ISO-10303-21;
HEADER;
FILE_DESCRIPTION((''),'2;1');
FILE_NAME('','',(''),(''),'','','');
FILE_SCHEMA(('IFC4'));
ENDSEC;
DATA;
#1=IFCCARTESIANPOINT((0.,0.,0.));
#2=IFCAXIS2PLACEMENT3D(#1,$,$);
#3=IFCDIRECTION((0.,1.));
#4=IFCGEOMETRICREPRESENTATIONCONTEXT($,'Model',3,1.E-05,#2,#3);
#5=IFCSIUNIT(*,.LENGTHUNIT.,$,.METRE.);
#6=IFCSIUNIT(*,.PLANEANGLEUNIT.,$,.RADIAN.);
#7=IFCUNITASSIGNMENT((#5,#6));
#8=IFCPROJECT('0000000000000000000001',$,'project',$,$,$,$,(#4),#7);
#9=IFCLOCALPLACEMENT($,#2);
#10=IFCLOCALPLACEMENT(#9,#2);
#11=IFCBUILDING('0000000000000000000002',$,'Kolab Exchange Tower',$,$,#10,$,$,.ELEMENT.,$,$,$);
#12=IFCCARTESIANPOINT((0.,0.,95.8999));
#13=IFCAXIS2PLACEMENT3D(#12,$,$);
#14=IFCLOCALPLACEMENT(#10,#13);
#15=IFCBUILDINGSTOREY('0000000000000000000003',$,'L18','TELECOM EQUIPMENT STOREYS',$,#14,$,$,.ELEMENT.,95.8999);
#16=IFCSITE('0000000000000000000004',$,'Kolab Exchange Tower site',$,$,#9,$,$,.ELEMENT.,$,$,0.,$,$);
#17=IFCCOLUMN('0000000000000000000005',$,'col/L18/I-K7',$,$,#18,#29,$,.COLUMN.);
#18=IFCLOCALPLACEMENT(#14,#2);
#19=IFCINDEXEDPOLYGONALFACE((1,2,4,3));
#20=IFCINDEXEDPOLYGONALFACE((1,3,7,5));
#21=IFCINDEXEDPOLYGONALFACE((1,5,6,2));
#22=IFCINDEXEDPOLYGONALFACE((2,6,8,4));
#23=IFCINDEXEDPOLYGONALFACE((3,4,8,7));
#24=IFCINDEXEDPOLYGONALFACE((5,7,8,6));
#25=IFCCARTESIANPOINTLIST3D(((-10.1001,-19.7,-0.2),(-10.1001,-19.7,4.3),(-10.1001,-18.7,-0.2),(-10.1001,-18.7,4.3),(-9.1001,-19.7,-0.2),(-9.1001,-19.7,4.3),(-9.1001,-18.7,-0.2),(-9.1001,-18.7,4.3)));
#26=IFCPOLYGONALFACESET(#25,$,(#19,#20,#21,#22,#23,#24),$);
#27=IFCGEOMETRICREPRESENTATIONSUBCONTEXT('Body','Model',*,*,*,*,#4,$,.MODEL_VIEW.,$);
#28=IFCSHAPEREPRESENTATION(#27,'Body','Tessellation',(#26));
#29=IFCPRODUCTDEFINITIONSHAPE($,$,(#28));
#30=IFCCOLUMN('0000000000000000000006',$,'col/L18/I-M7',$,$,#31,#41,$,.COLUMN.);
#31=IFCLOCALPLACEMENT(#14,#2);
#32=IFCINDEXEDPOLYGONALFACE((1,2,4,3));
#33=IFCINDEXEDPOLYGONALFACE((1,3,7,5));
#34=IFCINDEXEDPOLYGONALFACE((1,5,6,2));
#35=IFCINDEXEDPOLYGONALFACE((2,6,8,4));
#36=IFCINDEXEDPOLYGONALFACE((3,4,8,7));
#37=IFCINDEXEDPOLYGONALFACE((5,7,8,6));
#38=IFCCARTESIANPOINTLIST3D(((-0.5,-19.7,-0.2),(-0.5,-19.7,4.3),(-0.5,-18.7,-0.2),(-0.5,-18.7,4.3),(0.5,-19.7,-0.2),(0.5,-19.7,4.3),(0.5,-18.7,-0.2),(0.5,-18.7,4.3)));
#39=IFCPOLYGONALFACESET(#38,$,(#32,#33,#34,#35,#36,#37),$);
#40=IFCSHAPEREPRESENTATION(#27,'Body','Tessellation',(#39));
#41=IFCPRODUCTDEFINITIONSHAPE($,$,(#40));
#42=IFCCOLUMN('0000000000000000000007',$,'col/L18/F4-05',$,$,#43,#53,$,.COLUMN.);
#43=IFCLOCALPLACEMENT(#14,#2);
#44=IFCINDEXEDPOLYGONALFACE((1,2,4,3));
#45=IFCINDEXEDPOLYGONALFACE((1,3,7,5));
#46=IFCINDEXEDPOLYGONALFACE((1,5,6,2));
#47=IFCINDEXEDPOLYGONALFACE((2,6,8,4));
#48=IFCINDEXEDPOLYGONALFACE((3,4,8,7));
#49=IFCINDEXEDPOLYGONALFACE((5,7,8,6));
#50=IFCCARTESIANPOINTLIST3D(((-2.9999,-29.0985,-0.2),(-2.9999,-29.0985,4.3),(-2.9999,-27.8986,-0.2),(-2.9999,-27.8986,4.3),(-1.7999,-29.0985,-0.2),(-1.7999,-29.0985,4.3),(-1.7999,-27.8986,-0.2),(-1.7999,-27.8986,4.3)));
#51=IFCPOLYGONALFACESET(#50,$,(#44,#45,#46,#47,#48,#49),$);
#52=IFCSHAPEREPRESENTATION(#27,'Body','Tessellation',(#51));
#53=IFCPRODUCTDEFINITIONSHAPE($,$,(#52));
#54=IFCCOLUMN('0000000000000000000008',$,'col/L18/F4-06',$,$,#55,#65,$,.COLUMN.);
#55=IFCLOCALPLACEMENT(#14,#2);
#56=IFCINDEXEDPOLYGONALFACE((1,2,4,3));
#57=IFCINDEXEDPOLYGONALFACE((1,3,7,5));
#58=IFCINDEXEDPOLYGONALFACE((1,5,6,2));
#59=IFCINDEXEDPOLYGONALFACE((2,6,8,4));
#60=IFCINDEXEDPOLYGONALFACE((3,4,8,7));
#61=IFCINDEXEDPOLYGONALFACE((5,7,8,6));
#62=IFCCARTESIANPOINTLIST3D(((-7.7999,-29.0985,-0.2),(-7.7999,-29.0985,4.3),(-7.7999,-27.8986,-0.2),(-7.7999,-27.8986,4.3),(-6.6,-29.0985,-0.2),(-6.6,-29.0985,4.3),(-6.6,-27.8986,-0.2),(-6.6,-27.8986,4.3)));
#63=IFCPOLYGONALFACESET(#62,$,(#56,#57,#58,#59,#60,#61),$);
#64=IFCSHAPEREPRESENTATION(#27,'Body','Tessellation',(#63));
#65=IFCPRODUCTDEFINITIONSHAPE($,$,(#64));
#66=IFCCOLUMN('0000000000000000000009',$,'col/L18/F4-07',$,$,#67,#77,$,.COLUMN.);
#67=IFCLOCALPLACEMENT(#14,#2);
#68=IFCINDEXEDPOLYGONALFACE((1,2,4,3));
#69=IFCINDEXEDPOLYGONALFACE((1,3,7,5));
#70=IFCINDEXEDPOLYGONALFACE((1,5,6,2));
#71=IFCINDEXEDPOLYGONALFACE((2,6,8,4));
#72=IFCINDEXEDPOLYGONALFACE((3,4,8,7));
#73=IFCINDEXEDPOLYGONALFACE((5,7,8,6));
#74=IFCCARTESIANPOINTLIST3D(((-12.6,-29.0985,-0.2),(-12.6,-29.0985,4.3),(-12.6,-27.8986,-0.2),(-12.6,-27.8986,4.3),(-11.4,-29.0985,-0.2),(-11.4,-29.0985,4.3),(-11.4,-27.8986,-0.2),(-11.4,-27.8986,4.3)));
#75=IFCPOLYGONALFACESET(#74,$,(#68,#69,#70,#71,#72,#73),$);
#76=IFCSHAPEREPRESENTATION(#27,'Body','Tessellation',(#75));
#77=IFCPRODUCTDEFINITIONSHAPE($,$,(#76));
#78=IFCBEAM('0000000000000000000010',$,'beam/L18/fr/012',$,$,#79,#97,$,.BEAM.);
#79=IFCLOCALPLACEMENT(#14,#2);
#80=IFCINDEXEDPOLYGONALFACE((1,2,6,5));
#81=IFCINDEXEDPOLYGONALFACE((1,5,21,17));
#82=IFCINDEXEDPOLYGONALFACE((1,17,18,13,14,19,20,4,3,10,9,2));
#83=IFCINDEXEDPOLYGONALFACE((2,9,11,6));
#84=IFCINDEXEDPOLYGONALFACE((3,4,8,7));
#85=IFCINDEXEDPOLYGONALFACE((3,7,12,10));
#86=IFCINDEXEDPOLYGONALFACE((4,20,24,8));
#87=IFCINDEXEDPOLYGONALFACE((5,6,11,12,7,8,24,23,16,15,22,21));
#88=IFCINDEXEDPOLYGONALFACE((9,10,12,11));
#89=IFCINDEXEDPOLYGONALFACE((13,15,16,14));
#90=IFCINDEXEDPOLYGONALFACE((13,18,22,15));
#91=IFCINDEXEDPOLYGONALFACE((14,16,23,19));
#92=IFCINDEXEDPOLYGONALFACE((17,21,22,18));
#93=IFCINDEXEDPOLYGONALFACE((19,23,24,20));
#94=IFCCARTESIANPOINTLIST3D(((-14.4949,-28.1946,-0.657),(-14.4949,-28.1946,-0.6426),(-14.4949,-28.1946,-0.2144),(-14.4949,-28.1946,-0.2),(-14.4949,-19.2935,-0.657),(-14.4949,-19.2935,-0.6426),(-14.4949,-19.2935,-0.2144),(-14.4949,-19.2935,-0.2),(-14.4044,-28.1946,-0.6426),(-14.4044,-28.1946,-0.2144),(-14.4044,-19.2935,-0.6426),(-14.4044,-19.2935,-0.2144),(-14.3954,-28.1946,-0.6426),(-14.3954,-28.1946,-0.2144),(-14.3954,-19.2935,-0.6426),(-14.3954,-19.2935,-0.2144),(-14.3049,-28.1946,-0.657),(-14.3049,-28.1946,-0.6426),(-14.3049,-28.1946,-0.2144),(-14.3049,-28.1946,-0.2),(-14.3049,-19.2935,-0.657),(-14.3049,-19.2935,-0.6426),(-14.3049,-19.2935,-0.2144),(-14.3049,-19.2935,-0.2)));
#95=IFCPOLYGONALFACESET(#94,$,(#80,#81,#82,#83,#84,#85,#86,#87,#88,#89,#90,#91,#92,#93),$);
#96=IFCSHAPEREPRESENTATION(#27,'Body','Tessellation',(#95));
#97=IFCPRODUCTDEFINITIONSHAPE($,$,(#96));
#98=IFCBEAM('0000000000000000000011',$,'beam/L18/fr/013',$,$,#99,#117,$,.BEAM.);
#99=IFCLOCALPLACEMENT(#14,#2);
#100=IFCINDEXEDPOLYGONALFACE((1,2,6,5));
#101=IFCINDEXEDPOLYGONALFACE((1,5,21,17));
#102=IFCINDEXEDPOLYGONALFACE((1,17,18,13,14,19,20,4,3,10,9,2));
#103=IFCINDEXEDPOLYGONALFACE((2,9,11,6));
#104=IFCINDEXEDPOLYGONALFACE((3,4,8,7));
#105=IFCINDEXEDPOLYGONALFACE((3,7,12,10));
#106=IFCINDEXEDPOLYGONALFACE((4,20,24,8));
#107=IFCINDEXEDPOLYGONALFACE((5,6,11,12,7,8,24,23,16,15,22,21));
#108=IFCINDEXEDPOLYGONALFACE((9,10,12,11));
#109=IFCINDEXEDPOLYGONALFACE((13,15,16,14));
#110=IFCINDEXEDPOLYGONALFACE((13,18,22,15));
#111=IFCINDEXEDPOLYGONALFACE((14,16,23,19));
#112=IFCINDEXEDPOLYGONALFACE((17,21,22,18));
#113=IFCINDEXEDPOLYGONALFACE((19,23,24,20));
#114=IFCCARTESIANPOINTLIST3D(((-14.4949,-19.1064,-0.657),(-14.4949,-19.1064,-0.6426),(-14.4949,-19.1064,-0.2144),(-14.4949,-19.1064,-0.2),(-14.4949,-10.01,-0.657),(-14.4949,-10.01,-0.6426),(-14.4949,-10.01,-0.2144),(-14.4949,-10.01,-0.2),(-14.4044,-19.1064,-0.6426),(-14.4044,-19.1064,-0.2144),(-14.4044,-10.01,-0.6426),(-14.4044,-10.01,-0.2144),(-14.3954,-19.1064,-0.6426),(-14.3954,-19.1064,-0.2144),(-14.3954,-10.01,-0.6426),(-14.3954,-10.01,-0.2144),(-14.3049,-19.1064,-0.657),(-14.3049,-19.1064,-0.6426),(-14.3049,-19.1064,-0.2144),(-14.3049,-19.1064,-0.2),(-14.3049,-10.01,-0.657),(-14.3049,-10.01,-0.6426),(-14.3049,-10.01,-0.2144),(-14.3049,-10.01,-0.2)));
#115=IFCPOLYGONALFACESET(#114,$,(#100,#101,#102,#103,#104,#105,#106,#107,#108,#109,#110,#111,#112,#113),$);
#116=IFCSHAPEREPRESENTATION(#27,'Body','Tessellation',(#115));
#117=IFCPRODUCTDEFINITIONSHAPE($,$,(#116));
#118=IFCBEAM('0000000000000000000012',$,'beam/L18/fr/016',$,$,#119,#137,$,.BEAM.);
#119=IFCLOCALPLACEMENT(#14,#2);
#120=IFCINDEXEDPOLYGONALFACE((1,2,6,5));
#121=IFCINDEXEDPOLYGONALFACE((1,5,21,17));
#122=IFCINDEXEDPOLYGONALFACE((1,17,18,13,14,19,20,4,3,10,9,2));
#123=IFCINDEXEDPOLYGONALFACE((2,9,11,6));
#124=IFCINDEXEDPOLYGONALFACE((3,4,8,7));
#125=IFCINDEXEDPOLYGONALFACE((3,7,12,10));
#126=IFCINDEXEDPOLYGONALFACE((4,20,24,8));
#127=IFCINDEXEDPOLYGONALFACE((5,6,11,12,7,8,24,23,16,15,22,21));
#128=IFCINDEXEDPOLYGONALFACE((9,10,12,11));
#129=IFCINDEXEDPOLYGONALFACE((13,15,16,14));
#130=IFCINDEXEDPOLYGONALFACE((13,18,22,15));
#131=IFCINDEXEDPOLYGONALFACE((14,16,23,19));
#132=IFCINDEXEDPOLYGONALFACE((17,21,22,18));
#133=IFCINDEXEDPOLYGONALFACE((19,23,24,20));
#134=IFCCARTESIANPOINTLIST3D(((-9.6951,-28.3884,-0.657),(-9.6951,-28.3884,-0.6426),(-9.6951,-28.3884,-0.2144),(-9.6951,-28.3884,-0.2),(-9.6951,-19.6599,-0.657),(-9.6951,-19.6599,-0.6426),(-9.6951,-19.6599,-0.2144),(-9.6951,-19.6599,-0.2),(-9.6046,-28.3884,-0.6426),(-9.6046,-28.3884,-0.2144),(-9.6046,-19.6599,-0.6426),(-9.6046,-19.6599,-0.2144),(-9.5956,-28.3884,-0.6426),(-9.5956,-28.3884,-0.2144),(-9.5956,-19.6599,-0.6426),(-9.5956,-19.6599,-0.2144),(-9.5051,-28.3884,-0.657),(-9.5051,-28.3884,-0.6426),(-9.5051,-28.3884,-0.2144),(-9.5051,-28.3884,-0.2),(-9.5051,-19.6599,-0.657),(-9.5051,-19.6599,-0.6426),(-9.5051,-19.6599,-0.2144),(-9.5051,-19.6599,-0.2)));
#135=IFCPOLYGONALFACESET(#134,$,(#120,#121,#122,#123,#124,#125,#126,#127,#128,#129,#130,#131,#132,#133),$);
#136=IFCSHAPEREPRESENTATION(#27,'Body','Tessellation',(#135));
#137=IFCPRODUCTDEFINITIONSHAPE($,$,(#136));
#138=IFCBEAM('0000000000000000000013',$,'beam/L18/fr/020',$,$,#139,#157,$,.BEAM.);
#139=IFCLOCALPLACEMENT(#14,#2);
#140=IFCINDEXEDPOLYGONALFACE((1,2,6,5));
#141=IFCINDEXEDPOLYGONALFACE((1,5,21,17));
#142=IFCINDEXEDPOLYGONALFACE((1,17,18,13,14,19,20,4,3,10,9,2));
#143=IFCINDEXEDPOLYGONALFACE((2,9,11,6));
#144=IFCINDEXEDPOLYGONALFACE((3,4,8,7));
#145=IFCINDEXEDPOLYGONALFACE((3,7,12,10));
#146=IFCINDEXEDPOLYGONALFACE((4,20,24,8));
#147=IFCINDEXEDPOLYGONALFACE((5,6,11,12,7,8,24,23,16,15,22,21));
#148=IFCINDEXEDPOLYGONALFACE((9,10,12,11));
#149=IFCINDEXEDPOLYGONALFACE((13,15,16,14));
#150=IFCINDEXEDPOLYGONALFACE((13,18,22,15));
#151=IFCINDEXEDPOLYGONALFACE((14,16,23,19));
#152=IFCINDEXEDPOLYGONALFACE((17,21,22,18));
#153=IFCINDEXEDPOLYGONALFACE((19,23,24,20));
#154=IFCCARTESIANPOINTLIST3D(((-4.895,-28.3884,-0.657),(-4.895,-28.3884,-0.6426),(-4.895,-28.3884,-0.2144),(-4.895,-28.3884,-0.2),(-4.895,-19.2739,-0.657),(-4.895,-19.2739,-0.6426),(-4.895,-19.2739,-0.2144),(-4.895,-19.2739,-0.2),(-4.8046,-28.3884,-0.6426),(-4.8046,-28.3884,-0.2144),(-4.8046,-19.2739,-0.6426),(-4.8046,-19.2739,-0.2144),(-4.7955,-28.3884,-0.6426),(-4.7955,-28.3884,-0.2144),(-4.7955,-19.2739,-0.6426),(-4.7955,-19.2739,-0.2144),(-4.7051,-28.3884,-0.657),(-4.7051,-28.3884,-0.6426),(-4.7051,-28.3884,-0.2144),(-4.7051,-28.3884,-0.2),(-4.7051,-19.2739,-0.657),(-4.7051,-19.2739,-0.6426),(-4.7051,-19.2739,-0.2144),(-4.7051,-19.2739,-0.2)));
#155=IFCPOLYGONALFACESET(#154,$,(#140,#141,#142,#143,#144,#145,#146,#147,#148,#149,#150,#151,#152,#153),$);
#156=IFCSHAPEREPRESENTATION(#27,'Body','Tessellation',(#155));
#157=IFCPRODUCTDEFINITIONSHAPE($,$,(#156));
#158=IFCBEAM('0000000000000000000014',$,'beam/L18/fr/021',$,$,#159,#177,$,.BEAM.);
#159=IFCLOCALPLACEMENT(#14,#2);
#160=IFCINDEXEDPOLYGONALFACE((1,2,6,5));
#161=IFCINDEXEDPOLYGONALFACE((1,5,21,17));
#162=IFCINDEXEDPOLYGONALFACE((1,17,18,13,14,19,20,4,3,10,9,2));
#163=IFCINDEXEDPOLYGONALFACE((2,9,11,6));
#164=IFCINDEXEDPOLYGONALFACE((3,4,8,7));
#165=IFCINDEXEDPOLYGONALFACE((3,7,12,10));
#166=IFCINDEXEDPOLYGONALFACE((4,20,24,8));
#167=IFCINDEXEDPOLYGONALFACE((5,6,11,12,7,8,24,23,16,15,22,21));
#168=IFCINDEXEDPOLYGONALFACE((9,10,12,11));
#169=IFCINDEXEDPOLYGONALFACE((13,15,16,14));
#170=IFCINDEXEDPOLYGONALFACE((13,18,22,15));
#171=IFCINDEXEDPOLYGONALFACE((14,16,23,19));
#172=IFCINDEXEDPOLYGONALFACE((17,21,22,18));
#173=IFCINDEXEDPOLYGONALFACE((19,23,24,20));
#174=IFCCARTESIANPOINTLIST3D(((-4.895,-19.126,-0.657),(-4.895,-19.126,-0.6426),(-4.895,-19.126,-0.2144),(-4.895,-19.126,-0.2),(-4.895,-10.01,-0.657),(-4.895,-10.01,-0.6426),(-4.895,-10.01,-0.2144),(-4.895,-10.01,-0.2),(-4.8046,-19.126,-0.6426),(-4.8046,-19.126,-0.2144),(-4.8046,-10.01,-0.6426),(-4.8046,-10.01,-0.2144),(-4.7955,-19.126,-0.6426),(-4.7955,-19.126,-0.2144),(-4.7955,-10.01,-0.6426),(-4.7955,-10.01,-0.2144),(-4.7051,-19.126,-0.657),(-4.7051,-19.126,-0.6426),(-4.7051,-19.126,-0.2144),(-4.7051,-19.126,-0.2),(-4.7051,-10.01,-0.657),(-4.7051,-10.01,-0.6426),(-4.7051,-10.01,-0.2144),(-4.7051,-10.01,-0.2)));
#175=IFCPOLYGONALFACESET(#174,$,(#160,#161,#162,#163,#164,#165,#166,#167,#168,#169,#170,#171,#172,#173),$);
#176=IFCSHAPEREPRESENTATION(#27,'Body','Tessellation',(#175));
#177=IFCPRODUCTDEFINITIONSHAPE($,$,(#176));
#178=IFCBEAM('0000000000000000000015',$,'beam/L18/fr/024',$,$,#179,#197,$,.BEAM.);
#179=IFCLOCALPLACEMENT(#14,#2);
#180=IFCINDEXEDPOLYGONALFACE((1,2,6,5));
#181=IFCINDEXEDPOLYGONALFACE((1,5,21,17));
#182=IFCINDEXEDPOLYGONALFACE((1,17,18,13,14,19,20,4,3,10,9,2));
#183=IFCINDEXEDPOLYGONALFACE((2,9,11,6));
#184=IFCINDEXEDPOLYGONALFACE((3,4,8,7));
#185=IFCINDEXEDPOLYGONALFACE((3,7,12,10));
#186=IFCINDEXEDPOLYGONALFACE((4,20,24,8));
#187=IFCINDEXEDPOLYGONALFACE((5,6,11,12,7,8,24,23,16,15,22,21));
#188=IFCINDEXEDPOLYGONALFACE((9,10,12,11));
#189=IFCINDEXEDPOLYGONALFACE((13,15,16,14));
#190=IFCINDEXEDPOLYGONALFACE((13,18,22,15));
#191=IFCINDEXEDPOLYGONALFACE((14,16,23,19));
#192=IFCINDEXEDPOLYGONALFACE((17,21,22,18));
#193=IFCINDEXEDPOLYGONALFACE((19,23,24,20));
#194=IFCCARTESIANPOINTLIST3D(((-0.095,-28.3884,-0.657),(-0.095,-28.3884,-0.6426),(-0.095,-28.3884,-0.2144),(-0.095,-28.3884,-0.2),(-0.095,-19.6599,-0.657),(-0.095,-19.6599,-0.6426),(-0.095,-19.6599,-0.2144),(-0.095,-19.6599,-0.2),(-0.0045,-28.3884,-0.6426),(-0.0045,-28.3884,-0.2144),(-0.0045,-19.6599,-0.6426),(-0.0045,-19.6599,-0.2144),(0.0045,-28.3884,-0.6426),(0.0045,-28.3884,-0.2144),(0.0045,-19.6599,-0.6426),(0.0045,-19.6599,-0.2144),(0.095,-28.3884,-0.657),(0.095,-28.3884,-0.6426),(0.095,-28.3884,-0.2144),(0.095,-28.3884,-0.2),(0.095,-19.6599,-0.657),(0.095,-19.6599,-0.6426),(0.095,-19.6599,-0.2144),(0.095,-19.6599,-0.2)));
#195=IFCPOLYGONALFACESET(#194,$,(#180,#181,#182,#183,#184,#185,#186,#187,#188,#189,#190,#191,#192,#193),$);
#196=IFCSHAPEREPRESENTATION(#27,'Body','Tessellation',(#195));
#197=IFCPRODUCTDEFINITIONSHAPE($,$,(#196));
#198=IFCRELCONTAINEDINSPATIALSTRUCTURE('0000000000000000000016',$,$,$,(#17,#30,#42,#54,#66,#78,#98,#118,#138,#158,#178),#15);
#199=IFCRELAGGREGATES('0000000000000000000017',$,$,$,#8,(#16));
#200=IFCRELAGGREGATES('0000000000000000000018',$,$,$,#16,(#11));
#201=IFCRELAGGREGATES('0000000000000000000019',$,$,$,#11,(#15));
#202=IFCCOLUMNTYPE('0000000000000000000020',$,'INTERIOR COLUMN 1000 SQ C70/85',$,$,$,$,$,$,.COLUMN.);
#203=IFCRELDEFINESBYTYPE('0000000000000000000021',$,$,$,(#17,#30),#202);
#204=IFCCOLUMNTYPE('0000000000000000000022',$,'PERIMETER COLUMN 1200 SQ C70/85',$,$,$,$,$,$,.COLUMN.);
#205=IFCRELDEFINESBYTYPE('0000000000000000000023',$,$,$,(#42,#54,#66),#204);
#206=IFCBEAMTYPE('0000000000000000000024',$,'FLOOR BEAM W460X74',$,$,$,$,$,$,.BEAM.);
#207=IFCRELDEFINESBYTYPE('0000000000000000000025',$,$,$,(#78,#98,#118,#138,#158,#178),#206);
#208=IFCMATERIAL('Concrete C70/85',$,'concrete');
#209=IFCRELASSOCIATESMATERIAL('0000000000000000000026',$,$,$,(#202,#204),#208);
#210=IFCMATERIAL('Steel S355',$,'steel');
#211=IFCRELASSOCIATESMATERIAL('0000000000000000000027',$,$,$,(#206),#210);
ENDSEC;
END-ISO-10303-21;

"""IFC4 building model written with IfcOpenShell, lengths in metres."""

from ifc_helpers import new_model, si_unit, direction, frame, origin, origin_2d, place, context, subcontext, project, spatial, rectangle, i_section, extrude, material, material_profile, profile_set, type_object, element, save


model = new_model("IFC4")

# Units and contexts
model_context = context("Model", 3, precision=1e-05, world=origin(), true_north=direction((0.0, 1.0)))
body_context = subcontext(model_context, "Body", "Model", "MODEL_VIEW")
ifc_project = project(units=[si_unit("LENGTHUNIT", "METRE"), si_unit("PLANEANGLEUNIT", "RADIAN")], contexts=[model_context])

# Site, building, storey
site_placement = place(None, origin())
site = spatial("IfcSite", under=ifc_project, at=site_placement, Name="Kolab Exchange Tower site", CompositionType="ELEMENT", RefElevation=0.0)
building_placement = place(site_placement, origin())
building = spatial("IfcBuilding", under=site, at=building_placement, Name="Kolab Exchange Tower", CompositionType="ELEMENT")
storey_placement = place(building_placement, frame((0.0, 0.0, 95.8999)))
storey = spatial("IfcBuildingStorey", under=building, at=storey_placement, Name="L18", Description="TELECOM EQUIPMENT STOREYS", CompositionType="ELEMENT", Elevation=95.8999)

# Columns
ifc_material_1 = material(Name="Concrete C70/85", Category="concrete")
ifc_material_profile_1 = material_profile(ifc_material_1, rectangle(XDim=1.0, YDim=1.0, at=origin_2d()), Name="RC1000")
ifc_profile_set_1 = profile_set([ifc_material_profile_1], Name="Concrete C70/85")
column_type_1 = type_object("IfcColumnType", Name="INTERIOR COLUMN 1000 SQ C70/85", PredefinedType="COLUMN", material=ifc_profile_set_1)
for number, where, z_axis, x_axis, name in (
    (1, (-9.6001, -19.2, -0.2), (0.0, 0.0, 1.0), (1.0, 0.0, 0.0), "col/L18/I-K7"),
    (2, (0.0, -19.2, -0.2), (0.0, 0.0, 1.0), (1.0, 0.0, 0.0), "col/L18/I-M7"),
):
    element("IfcColumn", number, at=place(storey_placement, frame(where, z_axis=z_axis, x_axis=x_axis)), inside=storey, type_object=column_type_1, Name=name, PredefinedType="COLUMN", context=body_context, shape_type="SweptSolid", body=[
        extrude(rectangle(XDim=1.0, YDim=1.0, at=origin_2d()), origin(), (0.0, 0.0, 1.0), 4.5),
    ])
ifc_material_profile_2 = material_profile(ifc_material_1, rectangle(XDim=1.2, YDim=1.2, at=origin_2d()), Name="RC1200")
ifc_profile_set_2 = profile_set([ifc_material_profile_2], Name="Concrete C70/85")
column_type_2 = type_object("IfcColumnType", Name="PERIMETER COLUMN 1200 SQ C70/85", PredefinedType="COLUMN", material=ifc_profile_set_2)
for number, where, z_axis, x_axis, name in (
    (3, (-2.3999, -28.4985, -0.2), (0.0, 0.0, 1.0), (1.0, 0.0, 0.0), "col/L18/F4-05"),
    (4, (-7.2, -28.4985, -0.2), (0.0, 0.0, 1.0), (1.0, 0.0, 0.0), "col/L18/F4-06"),
    (5, (-12.0, -28.4985, -0.2), (0.0, 0.0, 1.0), (1.0, 0.0, 0.0), "col/L18/F4-07"),
):
    element("IfcColumn", number, at=place(storey_placement, frame(where, z_axis=z_axis, x_axis=x_axis)), inside=storey, type_object=column_type_2, Name=name, PredefinedType="COLUMN", context=body_context, shape_type="SweptSolid", body=[
        extrude(rectangle(XDim=1.2, YDim=1.2, at=origin_2d()), origin(), (0.0, 0.0, 1.0), 4.5),
    ])

# Beams
ifc_material_2 = material(Name="Steel S355", Category="steel")
ifc_material_profile_3 = material_profile(ifc_material_2, i_section(OverallWidth=0.1899, OverallDepth=0.457, WebThickness=0.009, FlangeThickness=0.0144, at=origin_2d()), Name="W460X74")
ifc_profile_set_3 = profile_set([ifc_material_profile_3], Name="Steel S355")
beam_type_1 = type_object("IfcBeamType", Name="FLOOR BEAM W460X74", PredefinedType="BEAM", material=ifc_profile_set_3)
beam_1_placement = place(storey_placement, frame((-14.3999, -28.1946, -0.4285), z_axis=(0.0, 1.0, 0.0), x_axis=(-1.0, 0.0, 0.0)))
element("IfcBeam", 6, at=beam_1_placement, inside=storey, type_object=beam_type_1, Name="beam/L18/fr/012", PredefinedType="BEAM", context=body_context, shape_type="SweptSolid", body=[
    extrude(i_section(OverallWidth=0.1899, OverallDepth=0.457, WebThickness=0.009, FlangeThickness=0.0144, at=origin_2d()), origin(), (0.0, 0.0, 1.0), 8.9011),
])
beam_2_placement = place(storey_placement, frame((-14.3999, -19.1064, -0.4285), z_axis=(0.0, 1.0, 0.0), x_axis=(-1.0, 0.0, 0.0)))
element("IfcBeam", 7, at=beam_2_placement, inside=storey, type_object=beam_type_1, Name="beam/L18/fr/013", PredefinedType="BEAM", context=body_context, shape_type="SweptSolid", body=[
    extrude(i_section(OverallWidth=0.1899, OverallDepth=0.457, WebThickness=0.009, FlangeThickness=0.0144, at=origin_2d()), origin(), (0.0, 0.0, 1.0), 9.0964),
])
beam_3_placement = place(storey_placement, frame((-9.6001, -28.3884, -0.4285), z_axis=(0.0, 1.0, 0.0), x_axis=(-1.0, 0.0, 0.0)))
element("IfcBeam", 8, at=beam_3_placement, inside=storey, type_object=beam_type_1, Name="beam/L18/fr/016", PredefinedType="BEAM", context=body_context, shape_type="SweptSolid", body=[
    extrude(i_section(OverallWidth=0.1899, OverallDepth=0.457, WebThickness=0.009, FlangeThickness=0.0144, at=origin_2d()), origin(), (0.0, 0.0, 1.0), 8.7285),
])
beam_4_placement = place(storey_placement, frame((-4.8, -28.3884, -0.4285), z_axis=(0.0, 1.0, 0.0), x_axis=(-1.0, 0.0, 0.0)))
element("IfcBeam", 9, at=beam_4_placement, inside=storey, type_object=beam_type_1, Name="beam/L18/fr/020", PredefinedType="BEAM", context=body_context, shape_type="SweptSolid", body=[
    extrude(i_section(OverallWidth=0.1899, OverallDepth=0.457, WebThickness=0.009, FlangeThickness=0.0144, at=origin_2d()), origin(), (0.0, 0.0, 1.0), 9.1145),
])
beam_5_placement = place(storey_placement, frame((-4.8, -19.126, -0.4285), z_axis=(0.0, 1.0, 0.0), x_axis=(-1.0, 0.0, 0.0)))
element("IfcBeam", 10, at=beam_5_placement, inside=storey, type_object=beam_type_1, Name="beam/L18/fr/021", PredefinedType="BEAM", context=body_context, shape_type="SweptSolid", body=[
    extrude(i_section(OverallWidth=0.1899, OverallDepth=0.457, WebThickness=0.009, FlangeThickness=0.0144, at=origin_2d()), origin(), (0.0, 0.0, 1.0), 9.116),
])
beam_6_placement = place(storey_placement, frame((0.0, -28.3884, -0.4285), z_axis=(0.0, 1.0, 0.0), x_axis=(-1.0, 0.0, 0.0)))
element("IfcBeam", 11, at=beam_6_placement, inside=storey, type_object=beam_type_1, Name="beam/L18/fr/024", PredefinedType="BEAM", context=body_context, shape_type="SweptSolid", body=[
    extrude(i_section(OverallWidth=0.1899, OverallDepth=0.457, WebThickness=0.009, FlangeThickness=0.0144, at=origin_2d()), origin(), (0.0, 0.0, 1.0), 8.7285),
])

save(model, "model.ifc")
